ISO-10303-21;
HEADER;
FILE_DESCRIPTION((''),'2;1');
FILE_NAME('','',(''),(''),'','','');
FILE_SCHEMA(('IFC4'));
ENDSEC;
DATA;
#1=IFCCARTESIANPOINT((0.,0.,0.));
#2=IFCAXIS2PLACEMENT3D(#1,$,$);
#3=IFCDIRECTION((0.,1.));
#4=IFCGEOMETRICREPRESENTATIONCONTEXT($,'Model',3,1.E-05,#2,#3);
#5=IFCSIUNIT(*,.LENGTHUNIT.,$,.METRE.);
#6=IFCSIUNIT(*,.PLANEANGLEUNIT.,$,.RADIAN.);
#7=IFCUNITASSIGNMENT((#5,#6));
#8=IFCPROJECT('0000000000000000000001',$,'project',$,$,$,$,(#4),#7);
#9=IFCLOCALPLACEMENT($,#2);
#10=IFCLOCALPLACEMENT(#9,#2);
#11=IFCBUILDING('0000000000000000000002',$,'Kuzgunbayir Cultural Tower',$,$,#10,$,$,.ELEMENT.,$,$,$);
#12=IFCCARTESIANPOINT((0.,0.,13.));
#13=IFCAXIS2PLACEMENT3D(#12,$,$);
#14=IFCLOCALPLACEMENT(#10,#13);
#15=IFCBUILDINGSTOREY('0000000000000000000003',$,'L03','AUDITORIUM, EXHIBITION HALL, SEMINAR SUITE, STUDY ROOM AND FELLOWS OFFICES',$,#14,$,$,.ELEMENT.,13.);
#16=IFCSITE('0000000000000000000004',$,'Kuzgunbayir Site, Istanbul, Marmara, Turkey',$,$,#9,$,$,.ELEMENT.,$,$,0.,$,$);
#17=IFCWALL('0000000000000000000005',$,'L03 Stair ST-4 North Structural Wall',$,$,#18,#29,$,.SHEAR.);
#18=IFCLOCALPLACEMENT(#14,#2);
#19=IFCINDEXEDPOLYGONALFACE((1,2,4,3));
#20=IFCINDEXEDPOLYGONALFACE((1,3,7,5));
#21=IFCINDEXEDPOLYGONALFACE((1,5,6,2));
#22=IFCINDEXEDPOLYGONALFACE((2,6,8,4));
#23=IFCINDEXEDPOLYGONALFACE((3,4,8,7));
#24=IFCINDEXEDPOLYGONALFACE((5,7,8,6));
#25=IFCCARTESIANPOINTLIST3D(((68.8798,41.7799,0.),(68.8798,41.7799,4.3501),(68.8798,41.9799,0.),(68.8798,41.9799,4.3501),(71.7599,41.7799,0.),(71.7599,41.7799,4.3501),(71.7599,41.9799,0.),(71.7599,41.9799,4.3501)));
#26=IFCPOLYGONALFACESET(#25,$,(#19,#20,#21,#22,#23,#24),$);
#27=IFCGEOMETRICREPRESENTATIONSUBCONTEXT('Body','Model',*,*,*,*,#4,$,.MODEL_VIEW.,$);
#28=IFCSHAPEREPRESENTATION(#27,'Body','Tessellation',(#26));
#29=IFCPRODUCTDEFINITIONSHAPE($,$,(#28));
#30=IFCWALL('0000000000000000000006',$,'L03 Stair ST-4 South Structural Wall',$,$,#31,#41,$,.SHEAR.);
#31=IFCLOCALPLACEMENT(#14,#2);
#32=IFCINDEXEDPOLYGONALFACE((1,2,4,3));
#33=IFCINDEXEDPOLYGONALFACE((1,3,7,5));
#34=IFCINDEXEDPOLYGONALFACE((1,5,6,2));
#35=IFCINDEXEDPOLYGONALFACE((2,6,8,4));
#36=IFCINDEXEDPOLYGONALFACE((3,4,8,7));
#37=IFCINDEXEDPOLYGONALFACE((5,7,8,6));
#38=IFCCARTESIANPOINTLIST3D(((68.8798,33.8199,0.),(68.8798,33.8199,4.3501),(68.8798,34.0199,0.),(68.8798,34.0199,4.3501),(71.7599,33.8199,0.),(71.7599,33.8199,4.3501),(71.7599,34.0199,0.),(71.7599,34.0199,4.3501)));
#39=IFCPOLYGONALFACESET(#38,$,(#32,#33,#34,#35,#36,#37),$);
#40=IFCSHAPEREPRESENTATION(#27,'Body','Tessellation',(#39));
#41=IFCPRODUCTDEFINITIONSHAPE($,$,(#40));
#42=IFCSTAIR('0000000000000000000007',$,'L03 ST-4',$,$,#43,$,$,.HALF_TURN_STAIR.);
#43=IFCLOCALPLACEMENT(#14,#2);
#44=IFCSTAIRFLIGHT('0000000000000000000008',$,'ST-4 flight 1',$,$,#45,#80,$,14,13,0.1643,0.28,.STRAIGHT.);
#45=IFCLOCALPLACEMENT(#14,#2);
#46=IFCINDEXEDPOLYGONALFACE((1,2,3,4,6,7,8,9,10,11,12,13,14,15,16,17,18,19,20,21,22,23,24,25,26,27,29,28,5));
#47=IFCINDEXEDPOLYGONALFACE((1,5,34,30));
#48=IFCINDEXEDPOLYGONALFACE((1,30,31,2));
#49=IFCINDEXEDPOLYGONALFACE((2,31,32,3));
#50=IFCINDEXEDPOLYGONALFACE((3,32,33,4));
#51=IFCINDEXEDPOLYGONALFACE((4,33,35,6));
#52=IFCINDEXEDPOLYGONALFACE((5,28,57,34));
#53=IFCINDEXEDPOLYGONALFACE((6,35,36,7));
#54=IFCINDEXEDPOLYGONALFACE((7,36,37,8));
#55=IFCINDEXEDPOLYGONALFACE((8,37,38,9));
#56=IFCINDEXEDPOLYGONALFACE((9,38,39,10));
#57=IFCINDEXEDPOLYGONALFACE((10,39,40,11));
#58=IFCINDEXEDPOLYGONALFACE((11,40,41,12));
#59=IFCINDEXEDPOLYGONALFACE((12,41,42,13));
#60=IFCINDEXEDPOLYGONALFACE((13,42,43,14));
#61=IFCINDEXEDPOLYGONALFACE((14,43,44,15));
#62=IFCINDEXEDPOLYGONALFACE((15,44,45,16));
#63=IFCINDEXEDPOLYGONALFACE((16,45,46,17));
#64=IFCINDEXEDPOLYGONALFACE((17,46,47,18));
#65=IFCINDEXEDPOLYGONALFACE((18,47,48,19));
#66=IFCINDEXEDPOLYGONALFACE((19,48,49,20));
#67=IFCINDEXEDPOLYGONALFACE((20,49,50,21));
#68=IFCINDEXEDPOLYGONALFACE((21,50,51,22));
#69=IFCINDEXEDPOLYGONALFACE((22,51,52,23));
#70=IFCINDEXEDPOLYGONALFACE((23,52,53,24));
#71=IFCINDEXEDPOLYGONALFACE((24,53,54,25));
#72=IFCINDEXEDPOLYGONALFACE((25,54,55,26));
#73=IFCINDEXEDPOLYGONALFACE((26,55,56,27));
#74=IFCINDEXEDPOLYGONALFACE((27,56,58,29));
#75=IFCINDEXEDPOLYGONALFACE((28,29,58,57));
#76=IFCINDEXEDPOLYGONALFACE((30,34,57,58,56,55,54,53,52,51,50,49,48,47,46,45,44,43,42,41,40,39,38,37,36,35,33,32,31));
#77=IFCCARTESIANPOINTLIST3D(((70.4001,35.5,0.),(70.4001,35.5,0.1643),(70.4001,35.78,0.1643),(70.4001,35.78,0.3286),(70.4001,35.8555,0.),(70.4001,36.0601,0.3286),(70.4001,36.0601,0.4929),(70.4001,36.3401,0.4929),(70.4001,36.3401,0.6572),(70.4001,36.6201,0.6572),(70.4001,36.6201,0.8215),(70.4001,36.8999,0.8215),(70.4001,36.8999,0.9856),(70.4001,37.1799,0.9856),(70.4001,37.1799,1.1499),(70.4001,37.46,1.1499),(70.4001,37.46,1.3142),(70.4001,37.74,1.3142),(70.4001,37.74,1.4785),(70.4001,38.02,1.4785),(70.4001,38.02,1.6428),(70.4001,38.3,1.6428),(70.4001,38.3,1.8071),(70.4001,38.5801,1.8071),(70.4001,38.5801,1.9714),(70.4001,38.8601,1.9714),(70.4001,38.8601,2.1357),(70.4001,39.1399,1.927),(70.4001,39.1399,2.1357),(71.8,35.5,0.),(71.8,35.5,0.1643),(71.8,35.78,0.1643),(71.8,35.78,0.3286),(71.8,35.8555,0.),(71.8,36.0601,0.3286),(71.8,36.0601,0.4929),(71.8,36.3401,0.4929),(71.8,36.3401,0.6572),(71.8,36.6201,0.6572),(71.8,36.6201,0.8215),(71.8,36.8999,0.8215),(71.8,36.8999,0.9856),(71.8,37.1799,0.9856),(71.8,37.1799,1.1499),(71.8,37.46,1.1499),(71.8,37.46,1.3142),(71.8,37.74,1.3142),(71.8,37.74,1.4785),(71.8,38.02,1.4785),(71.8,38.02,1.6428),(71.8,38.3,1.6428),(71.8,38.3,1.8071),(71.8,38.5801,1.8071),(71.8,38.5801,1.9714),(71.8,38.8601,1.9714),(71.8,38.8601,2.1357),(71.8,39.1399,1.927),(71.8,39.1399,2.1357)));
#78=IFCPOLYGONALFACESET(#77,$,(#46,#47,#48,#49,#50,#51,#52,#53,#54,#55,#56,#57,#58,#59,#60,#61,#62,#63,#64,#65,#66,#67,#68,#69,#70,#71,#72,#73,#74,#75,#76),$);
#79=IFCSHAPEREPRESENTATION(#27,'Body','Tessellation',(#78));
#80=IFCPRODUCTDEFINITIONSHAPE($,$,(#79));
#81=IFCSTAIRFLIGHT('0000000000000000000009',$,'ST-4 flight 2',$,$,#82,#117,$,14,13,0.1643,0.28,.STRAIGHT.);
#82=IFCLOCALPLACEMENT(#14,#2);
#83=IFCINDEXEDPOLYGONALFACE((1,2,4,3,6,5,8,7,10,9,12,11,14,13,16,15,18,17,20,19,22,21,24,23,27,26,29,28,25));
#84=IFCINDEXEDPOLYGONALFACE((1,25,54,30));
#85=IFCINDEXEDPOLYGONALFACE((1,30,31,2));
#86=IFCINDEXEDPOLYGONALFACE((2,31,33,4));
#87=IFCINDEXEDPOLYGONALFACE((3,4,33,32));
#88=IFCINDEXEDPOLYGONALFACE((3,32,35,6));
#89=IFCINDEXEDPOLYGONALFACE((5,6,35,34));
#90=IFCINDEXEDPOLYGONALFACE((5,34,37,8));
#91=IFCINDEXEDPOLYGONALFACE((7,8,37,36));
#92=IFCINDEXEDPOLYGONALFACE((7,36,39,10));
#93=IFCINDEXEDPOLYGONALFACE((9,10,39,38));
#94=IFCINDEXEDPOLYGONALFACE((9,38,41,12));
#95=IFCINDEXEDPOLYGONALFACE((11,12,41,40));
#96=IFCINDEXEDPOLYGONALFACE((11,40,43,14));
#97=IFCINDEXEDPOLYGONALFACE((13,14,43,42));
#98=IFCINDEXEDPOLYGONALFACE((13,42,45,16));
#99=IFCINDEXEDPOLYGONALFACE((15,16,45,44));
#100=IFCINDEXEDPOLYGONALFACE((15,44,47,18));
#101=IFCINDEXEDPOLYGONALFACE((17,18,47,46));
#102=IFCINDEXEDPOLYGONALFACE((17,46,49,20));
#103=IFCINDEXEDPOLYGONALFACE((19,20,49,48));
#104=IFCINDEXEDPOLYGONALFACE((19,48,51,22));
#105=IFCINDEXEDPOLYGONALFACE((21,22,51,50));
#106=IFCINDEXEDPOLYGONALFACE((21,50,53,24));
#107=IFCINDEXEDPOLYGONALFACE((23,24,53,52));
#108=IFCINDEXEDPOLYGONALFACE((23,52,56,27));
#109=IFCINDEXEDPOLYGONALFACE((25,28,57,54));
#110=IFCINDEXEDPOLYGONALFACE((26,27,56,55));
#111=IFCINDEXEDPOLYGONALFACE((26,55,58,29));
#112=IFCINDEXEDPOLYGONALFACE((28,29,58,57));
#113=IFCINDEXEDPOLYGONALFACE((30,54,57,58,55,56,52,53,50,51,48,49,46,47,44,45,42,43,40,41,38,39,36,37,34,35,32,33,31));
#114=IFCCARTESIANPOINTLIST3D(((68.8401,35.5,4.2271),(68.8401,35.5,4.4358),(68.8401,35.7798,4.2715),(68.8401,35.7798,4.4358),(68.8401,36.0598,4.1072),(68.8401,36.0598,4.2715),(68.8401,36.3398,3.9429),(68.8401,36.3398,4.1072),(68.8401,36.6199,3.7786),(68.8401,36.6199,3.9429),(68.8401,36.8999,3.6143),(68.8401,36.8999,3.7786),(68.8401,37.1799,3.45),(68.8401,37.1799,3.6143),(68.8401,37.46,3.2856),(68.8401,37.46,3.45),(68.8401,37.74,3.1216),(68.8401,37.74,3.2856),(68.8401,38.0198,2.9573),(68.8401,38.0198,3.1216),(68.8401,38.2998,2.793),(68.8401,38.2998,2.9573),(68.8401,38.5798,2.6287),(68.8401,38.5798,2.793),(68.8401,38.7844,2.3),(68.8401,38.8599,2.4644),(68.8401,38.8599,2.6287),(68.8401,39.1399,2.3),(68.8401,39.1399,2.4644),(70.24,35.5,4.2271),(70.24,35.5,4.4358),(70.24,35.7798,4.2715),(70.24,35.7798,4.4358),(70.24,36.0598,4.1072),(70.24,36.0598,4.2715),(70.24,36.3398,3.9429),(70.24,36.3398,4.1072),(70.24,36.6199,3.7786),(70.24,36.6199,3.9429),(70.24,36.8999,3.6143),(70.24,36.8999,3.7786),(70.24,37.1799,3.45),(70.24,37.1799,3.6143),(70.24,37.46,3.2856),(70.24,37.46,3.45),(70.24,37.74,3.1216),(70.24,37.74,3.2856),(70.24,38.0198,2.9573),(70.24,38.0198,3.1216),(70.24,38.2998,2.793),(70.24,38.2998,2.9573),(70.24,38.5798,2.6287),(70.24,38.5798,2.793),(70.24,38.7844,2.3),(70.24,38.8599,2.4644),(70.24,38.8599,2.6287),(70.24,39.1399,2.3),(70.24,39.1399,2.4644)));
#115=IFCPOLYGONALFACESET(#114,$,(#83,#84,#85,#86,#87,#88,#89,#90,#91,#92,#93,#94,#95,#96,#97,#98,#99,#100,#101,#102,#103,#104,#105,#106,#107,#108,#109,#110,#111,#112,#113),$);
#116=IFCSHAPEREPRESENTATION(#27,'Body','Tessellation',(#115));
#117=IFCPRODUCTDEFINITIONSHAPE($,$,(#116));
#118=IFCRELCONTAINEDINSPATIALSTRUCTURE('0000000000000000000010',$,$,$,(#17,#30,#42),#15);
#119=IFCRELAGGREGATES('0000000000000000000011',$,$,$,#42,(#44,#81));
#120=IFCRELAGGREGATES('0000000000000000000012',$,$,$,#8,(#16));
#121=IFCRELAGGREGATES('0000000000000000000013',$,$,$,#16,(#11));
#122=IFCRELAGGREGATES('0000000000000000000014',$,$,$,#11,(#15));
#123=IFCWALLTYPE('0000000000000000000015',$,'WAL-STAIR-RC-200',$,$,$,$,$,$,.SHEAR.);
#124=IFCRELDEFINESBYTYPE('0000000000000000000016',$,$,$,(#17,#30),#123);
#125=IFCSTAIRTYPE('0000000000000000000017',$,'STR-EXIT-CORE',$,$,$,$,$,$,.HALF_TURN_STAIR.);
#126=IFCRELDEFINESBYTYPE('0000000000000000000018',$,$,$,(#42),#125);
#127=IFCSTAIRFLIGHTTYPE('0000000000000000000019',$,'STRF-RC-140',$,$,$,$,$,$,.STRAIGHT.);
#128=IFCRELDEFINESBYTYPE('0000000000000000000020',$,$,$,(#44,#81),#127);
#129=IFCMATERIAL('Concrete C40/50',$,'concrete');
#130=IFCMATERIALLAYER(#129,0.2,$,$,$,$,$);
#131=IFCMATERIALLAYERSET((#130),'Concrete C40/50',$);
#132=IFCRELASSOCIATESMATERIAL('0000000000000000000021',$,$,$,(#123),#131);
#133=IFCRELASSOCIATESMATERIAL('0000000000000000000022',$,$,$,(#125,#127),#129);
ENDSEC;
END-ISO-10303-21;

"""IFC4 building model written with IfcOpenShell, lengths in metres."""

from ifc_helpers import new_model, si_unit, direction, frame, frame_2d, origin, place, context, subcontext, project, spatial, polyline, rectangle, outline, extrude, material, layer, layer_set, type_object, element, aggregate, save


model = new_model("IFC4")

# Units and contexts
model_context = context("Model", 3, precision=1e-05, world=origin(), true_north=direction((0.0, 1.0)))
body_context = subcontext(model_context, "Body", "Model", "MODEL_VIEW")
ifc_project = project(units=[si_unit("LENGTHUNIT", "METRE"), si_unit("PLANEANGLEUNIT", "RADIAN")], contexts=[model_context])

# Site, building, storey
site_placement = place(None, origin())
site = spatial("IfcSite", under=ifc_project, at=site_placement, Name="Kuzgunbayir Site, Istanbul, Marmara, Turkey", CompositionType="ELEMENT", RefElevation=0.0)
building_placement = place(site_placement, origin())
building = spatial("IfcBuilding", under=site, at=building_placement, Name="Kuzgunbayir Cultural Tower", CompositionType="ELEMENT")
storey_placement = place(building_placement, frame((0.0, 0.0, 13.0)))
storey = spatial("IfcBuildingStorey", under=building, at=storey_placement, Name="L03", Description="AUDITORIUM, EXHIBITION HALL, SEMINAR SUITE, STUDY ROOM AND FELLOWS OFFICES", CompositionType="ELEMENT", Elevation=13.0)

# Shared definitions
ifc_material_1 = material(Name="Concrete C40/50", Category="concrete")

# Walls
ifc_layer_1 = layer(ifc_material_1, 0.2)
ifc_layer_set_1 = layer_set([ifc_layer_1], Name="Concrete C40/50")
wall_type_1 = type_object("IfcWallType", Name="WAL-STAIR-RC-200", PredefinedType="SHEAR", material=ifc_layer_set_1)
for number, where, z_axis, x_axis, name in (
    (1, (68.8799, 41.8799, 0.0), (0.0, 0.0, 1.0), (1.0, 0.0, 0.0), "L03 Stair ST-4 North Structural Wall"),
    (2, (68.8799, 33.9199, 0.0), (0.0, 0.0, 1.0), (1.0, 0.0, 0.0), "L03 Stair ST-4 South Structural Wall"),
):
    element("IfcWall", number, at=place(storey_placement, frame(where, z_axis=z_axis, x_axis=x_axis)), inside=storey, type_object=wall_type_1, Name=name, PredefinedType="SHEAR", context=body_context, shape_type="SweptSolid", body=[
        extrude(rectangle(XDim=2.8801, YDim=0.2, at=frame_2d((1.4399, 0.0))), origin(), (0.0, 0.0, 1.0), 4.3501),
    ])

# Stair, stair flights
stair_type = type_object("IfcStairType", Name="STR-EXIT-CORE", PredefinedType="HALF_TURN_STAIR", material=ifc_material_1)
stair_placement = place(storey_placement, origin())
stair = element("IfcStair", 3, at=stair_placement, inside=storey, type_object=stair_type, Name="L03 ST-4", PredefinedType="HALF_TURN_STAIR")
stair_flight_type = type_object("IfcStairFlightType", Name="STRF-RC-140", PredefinedType="STRAIGHT", material=ifc_material_1)
stair_flight_1_placement = place(storey_placement, frame((71.1001, 35.5, 0.0), z_axis=(0.0, 0.0, 1.0), x_axis=(0.0, 1.0, 0.0)))
stair_flight_1 = element("IfcStairFlight", 4, at=stair_flight_1_placement, type_object=stair_flight_type, Name="ST-4 flight 1", NumberOfRisers=14, NumberOfTreads=13, PredefinedType="STRAIGHT", RiserHeight=0.1643, TreadLength=0.28, context=body_context, shape_type="SweptSolid", body=[
    extrude(outline(polyline([(0.0, 0.0), (0.0, 0.1643), (0.28, 0.1643), (0.28, 0.3286), (0.5601, 0.3286), (0.5601, 0.4929), (0.8401, 0.4929), (0.8401, 0.6572), (1.1201, 0.6572), (1.1201, 0.8215), (1.3999, 0.8215), (1.3999, 0.9856), (1.6799, 0.9856), (1.6799, 1.1499), (1.96, 1.1499), (1.96, 1.3142), (2.24, 1.3142), (2.24, 1.4785), (2.52, 1.4785), (2.52, 1.6428), (2.8, 1.6428), (2.8, 1.8071), (3.0801, 1.8071), (3.0801, 1.9714), (3.3601, 1.9714), (3.3601, 2.1357), (3.6399, 2.1357), (3.6399, 2.3), (3.6399, 1.927), (0.3555, 0.0), (0.0, 0.0)])), frame((0.0, 0.7, 0.0), z_axis=(0.0, -1.0, 0.0), x_axis=(1.0, 0.0, 0.0)), (0.0, 0.0, 1.0), 1.3999),
])
stair_flight_2_placement = place(storey_placement, frame((69.54, 39.1399, 2.3), z_axis=(0.0, 0.0, 1.0), x_axis=(0.0, -1.0, 0.0)))
stair_flight_2 = element("IfcStairFlight", 5, at=stair_flight_2_placement, type_object=stair_flight_type, Name="ST-4 flight 2", NumberOfRisers=14, NumberOfTreads=13, PredefinedType="STRAIGHT", RiserHeight=0.1643, TreadLength=0.28, context=body_context, shape_type="SweptSolid", body=[
    extrude(outline(polyline([(0.0, 0.0), (0.0, 0.1643), (0.28, 0.1643), (0.28, 0.3286), (0.5601, 0.3286), (0.5601, 0.4929), (0.8401, 0.4929), (0.8401, 0.6572), (1.1201, 0.6572), (1.1201, 0.8215), (1.3999, 0.8215), (1.3999, 0.9856), (1.6799, 0.9856), (1.6799, 1.1499), (1.96, 1.1499), (1.96, 1.3142), (2.24, 1.3142), (2.24, 1.4785), (2.52, 1.4785), (2.52, 1.6428), (2.8, 1.6428), (2.8, 1.8071), (3.0801, 1.8071), (3.0801, 1.9714), (3.3601, 1.9714), (3.3601, 2.1357), (3.6399, 2.1357), (3.6399, 2.3), (3.6399, 1.927), (0.3555, 0.0), (0.0, 0.0)])), frame((0.0, 0.7, 0.0), z_axis=(0.0, -1.0, 0.0), x_axis=(1.0, 0.0, 0.0)), (0.0, 0.0, 1.0), 1.3999),
])
aggregate(stair, [stair_flight_1, stair_flight_2])

save(model, "model.ifc")
